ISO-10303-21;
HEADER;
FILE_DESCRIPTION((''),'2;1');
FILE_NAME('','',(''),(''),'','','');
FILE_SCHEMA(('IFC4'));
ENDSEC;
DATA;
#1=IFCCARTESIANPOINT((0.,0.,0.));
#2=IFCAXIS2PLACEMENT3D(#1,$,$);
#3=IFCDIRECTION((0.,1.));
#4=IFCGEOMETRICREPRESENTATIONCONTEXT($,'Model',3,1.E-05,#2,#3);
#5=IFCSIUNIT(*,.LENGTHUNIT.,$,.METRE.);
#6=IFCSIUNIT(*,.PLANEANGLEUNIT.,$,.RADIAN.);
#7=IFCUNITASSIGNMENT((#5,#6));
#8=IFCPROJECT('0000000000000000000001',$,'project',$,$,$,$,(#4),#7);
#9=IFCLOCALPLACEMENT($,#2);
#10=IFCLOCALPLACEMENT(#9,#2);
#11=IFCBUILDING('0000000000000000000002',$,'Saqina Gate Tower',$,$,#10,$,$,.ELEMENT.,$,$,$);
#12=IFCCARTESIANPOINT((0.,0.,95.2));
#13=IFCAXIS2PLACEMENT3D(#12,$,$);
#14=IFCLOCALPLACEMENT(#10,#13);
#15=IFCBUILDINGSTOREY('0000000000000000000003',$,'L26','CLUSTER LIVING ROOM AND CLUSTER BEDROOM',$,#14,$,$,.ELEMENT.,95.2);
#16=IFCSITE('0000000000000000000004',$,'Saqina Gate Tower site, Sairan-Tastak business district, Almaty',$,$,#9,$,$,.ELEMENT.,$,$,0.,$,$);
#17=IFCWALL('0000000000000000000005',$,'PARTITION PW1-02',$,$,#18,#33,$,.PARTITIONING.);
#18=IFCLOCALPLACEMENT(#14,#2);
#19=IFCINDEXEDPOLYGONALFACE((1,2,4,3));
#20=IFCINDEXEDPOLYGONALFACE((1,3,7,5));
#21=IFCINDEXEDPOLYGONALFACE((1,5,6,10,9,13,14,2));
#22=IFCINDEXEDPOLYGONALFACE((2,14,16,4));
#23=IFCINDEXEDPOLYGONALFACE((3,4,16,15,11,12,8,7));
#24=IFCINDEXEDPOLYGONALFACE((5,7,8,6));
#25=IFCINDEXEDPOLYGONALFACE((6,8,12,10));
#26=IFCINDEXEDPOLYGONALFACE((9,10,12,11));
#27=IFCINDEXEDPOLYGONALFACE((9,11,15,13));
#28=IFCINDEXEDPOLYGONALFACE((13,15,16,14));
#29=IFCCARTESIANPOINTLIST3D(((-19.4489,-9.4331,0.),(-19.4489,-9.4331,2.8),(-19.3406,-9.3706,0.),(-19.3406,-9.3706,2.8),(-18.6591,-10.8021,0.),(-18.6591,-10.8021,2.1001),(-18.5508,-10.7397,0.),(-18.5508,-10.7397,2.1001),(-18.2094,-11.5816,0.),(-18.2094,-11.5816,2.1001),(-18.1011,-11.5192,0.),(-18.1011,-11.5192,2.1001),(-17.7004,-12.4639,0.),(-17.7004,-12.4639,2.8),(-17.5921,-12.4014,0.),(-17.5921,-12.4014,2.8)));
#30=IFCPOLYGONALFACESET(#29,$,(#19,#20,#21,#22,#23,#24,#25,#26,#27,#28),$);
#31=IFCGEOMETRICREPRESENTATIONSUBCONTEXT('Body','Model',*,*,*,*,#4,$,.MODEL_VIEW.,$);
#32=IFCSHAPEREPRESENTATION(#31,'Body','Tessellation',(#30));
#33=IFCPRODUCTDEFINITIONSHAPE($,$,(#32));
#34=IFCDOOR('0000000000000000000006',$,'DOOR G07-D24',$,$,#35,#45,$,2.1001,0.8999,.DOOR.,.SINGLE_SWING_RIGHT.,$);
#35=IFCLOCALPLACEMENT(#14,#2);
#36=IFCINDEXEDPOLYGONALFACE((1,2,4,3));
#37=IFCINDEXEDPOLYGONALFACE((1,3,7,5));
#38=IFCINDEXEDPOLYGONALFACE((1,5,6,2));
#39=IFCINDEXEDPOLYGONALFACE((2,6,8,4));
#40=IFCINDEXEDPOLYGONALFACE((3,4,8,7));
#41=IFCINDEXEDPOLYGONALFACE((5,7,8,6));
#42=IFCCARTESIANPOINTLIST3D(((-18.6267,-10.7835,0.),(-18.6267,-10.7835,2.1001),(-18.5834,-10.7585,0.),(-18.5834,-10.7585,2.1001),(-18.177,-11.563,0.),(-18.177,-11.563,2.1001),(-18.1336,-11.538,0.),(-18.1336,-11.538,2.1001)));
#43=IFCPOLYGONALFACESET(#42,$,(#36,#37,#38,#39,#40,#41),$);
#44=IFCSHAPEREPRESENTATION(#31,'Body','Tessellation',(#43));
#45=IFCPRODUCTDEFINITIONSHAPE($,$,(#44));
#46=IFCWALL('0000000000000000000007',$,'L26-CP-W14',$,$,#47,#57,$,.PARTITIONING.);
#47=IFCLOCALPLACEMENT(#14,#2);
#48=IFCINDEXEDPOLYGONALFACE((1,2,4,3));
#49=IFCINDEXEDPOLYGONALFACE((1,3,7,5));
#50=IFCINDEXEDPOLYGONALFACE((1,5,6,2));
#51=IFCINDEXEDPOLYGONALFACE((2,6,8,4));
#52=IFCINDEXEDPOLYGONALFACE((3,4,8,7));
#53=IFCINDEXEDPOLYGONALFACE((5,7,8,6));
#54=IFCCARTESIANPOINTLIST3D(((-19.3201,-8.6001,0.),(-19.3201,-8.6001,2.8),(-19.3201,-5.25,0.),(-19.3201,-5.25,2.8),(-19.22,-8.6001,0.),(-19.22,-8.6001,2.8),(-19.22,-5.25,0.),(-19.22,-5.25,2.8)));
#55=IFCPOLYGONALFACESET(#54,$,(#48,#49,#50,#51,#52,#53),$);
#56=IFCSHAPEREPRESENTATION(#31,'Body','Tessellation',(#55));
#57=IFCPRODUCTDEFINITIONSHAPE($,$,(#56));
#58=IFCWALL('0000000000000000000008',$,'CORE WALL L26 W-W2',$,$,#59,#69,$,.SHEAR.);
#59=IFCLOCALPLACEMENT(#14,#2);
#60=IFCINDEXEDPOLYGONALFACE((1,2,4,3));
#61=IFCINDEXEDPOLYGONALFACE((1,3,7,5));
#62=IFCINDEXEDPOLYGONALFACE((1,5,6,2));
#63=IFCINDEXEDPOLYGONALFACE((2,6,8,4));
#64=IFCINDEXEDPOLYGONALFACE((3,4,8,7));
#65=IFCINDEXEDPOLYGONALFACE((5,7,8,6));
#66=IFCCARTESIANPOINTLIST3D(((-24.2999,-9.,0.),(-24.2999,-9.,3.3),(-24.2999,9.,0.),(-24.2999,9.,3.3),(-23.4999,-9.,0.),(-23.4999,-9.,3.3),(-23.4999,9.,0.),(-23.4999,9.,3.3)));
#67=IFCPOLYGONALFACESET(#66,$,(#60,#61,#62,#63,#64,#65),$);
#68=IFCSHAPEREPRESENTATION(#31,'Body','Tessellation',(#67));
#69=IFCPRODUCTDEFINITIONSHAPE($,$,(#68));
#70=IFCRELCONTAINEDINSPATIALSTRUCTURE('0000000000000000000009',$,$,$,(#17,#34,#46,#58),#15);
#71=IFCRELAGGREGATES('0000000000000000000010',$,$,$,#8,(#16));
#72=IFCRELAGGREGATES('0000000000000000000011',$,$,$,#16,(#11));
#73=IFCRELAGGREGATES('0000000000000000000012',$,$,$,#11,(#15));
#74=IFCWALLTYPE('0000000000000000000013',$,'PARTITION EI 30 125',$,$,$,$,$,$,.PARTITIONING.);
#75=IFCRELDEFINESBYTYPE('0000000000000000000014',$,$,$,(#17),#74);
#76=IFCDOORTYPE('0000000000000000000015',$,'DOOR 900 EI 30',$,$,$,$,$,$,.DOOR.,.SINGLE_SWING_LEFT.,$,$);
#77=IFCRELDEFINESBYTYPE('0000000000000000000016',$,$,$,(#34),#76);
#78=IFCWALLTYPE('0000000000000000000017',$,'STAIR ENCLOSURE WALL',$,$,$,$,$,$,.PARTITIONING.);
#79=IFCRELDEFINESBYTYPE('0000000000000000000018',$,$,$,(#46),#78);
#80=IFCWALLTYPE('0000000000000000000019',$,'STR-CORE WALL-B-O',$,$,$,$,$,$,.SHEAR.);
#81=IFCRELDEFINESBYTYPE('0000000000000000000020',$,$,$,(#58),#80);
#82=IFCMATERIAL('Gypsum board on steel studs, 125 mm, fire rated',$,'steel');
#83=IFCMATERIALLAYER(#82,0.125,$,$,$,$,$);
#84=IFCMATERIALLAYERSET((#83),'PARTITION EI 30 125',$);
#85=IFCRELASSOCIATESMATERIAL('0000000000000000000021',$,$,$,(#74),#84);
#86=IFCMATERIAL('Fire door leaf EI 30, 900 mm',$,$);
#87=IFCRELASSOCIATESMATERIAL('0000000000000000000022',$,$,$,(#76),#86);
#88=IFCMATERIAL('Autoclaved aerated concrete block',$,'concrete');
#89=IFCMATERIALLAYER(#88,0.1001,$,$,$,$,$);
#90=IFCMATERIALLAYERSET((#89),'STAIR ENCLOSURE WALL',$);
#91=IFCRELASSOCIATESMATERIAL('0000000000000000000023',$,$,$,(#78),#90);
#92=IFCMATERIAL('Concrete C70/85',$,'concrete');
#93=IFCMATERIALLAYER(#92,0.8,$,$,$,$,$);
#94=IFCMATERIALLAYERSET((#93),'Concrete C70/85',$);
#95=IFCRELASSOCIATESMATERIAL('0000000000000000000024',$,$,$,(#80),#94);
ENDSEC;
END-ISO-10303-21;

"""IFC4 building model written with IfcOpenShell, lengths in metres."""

from ifc_helpers import new_model, si_unit, direction, frame, frame_2d, origin, place, context, subcontext, project, spatial, rectangle, extrude, material, layer, layer_set, type_object, element, fill, save


model = new_model("IFC4")

# Units and contexts
model_context = context("Model", 3, precision=1e-05, world=origin(), true_north=direction((0.0, 1.0)))
body_context = subcontext(model_context, "Body", "Model", "MODEL_VIEW")
ifc_project = project(units=[si_unit("LENGTHUNIT", "METRE"), si_unit("PLANEANGLEUNIT", "RADIAN")], contexts=[model_context])

# Site, building, storey
site_placement = place(None, origin())
site = spatial("IfcSite", under=ifc_project, at=site_placement, Name="Saqina Gate Tower site, Sairan-Tastak business district, Almaty", CompositionType="ELEMENT", RefElevation=0.0)
building_placement = place(site_placement, origin())
building = spatial("IfcBuilding", under=site, at=building_placement, Name="Saqina Gate Tower", CompositionType="ELEMENT")
storey_placement = place(building_placement, frame((0.0, 0.0, 95.2)))
storey = spatial("IfcBuildingStorey", under=building, at=storey_placement, Name="L26", Description="CLUSTER LIVING ROOM AND CLUSTER BEDROOM", CompositionType="ELEMENT", Elevation=95.2)

# Wall, opening, door
ifc_material_1 = material(Name="Gypsum board on steel studs, 125 mm, fire rated", Category="steel")
ifc_layer_1 = layer(ifc_material_1, 0.125)
ifc_layer_set_1 = layer_set([ifc_layer_1], Name="PARTITION EI 30 125")
wall_type_1 = type_object("IfcWallType", Name="PARTITION EI 30 125", PredefinedType="PARTITIONING", material=ifc_layer_set_1)
wall_1_placement = place(storey_placement, frame((-19.3948, -9.4019, 0.0), z_axis=(0.0, 0.0, 1.0), x_axis=(0.499726, -0.866183, 0.0)))
wall_1 = element("IfcWall", 1, at=wall_1_placement, inside=storey, type_object=wall_type_1, Name="PARTITION PW1-02", PredefinedType="PARTITIONING", context=body_context, shape_type="SweptSolid", body=[
    extrude(rectangle(XDim=3.499, YDim=0.125, at=frame_2d((1.7495, 0.0))), origin(), (0.0, 0.0, 1.0), 2.8),
])
opening_1_placement = place(wall_1_placement, frame((1.5806, 0.0, 0.0)))
opening_1 = element("IfcOpeningElement", 2, at=opening_1_placement, cuts=wall_1, PredefinedType="OPENING", context=body_context, shape_type="SweptSolid", body=[
    extrude(rectangle(XDim=0.8999, YDim=2.1001, at=frame_2d((0.45, 1.05))), frame((0.0, 0.0745, 0.0), z_axis=(0.0, -1.0, 0.0), x_axis=(1.0, 0.0, 0.0)), (0.0, 0.0, 1.0), 0.1489),
])
ifc_material_2 = material(Name="Fire door leaf EI 30, 900 mm")
door_type_1 = type_object("IfcDoorType", Name="DOOR 900 EI 30", OperationType="SINGLE_SWING_LEFT", PredefinedType="DOOR", material=ifc_material_2)
door_1_placement = place(opening_1_placement, origin())
door_1 = element("IfcDoor", 3, at=door_1_placement, inside=storey, type_object=door_type_1, Name="DOOR G07-D24", OperationType="SINGLE_SWING_RIGHT", OverallHeight=2.1001, OverallWidth=0.8999, PredefinedType="DOOR", context=body_context, shape_type="SweptSolid", body=[
    extrude(rectangle(XDim=0.8999, YDim=2.1001, at=frame_2d((0.45, 1.05))), frame((0.0, 0.0249, 0.0), z_axis=(0.0, -1.0, 0.0), x_axis=(1.0, 0.0, 0.0)), (0.0, 0.0, 1.0), 0.05),
])
fill(opening_1, door_1)

# Walls
ifc_material_3 = material(Name="Autoclaved aerated concrete block", Category="concrete")
ifc_layer_2 = layer(ifc_material_3, 0.1001)
ifc_layer_set_2 = layer_set([ifc_layer_2], Name="STAIR ENCLOSURE WALL")
wall_type_2 = type_object("IfcWallType", Name="STAIR ENCLOSURE WALL", PredefinedType="PARTITIONING", material=ifc_layer_set_2)
wall_2_placement = place(storey_placement, frame((-19.27, -8.6001, 0.0), z_axis=(0.0, 0.0, 1.0), x_axis=(0.0, 1.0, 0.0)))
element("IfcWall", 4, at=wall_2_placement, inside=storey, type_object=wall_type_2, Name="L26-CP-W14", PredefinedType="PARTITIONING", context=body_context, shape_type="SweptSolid", body=[
    extrude(rectangle(XDim=3.3501, YDim=0.1001, at=frame_2d((1.675, 0.0))), origin(), (0.0, 0.0, 1.0), 2.8),
])
ifc_material_4 = material(Name="Concrete C70/85", Category="concrete")
ifc_layer_3 = layer(ifc_material_4, 0.8)
ifc_layer_set_3 = layer_set([ifc_layer_3], Name="Concrete C70/85")
wall_type_3 = type_object("IfcWallType", Name="STR-CORE WALL-B-O", PredefinedType="SHEAR", material=ifc_layer_set_3)
wall_3_placement = place(storey_placement, frame((-23.8999, -9.0, 0.0), z_axis=(0.0, 0.0, 1.0), x_axis=(0.0, 1.0, 0.0)))
element("IfcWall", 5, at=wall_3_placement, inside=storey, type_object=wall_type_3, Name="CORE WALL L26 W-W2", PredefinedType="SHEAR", context=body_context, shape_type="SweptSolid", body=[
    extrude(rectangle(XDim=18.0, YDim=0.8, at=frame_2d((9.0, 0.0))), origin(), (0.0, 0.0, 1.0), 3.3),
])

save(model, "model.ifc")
